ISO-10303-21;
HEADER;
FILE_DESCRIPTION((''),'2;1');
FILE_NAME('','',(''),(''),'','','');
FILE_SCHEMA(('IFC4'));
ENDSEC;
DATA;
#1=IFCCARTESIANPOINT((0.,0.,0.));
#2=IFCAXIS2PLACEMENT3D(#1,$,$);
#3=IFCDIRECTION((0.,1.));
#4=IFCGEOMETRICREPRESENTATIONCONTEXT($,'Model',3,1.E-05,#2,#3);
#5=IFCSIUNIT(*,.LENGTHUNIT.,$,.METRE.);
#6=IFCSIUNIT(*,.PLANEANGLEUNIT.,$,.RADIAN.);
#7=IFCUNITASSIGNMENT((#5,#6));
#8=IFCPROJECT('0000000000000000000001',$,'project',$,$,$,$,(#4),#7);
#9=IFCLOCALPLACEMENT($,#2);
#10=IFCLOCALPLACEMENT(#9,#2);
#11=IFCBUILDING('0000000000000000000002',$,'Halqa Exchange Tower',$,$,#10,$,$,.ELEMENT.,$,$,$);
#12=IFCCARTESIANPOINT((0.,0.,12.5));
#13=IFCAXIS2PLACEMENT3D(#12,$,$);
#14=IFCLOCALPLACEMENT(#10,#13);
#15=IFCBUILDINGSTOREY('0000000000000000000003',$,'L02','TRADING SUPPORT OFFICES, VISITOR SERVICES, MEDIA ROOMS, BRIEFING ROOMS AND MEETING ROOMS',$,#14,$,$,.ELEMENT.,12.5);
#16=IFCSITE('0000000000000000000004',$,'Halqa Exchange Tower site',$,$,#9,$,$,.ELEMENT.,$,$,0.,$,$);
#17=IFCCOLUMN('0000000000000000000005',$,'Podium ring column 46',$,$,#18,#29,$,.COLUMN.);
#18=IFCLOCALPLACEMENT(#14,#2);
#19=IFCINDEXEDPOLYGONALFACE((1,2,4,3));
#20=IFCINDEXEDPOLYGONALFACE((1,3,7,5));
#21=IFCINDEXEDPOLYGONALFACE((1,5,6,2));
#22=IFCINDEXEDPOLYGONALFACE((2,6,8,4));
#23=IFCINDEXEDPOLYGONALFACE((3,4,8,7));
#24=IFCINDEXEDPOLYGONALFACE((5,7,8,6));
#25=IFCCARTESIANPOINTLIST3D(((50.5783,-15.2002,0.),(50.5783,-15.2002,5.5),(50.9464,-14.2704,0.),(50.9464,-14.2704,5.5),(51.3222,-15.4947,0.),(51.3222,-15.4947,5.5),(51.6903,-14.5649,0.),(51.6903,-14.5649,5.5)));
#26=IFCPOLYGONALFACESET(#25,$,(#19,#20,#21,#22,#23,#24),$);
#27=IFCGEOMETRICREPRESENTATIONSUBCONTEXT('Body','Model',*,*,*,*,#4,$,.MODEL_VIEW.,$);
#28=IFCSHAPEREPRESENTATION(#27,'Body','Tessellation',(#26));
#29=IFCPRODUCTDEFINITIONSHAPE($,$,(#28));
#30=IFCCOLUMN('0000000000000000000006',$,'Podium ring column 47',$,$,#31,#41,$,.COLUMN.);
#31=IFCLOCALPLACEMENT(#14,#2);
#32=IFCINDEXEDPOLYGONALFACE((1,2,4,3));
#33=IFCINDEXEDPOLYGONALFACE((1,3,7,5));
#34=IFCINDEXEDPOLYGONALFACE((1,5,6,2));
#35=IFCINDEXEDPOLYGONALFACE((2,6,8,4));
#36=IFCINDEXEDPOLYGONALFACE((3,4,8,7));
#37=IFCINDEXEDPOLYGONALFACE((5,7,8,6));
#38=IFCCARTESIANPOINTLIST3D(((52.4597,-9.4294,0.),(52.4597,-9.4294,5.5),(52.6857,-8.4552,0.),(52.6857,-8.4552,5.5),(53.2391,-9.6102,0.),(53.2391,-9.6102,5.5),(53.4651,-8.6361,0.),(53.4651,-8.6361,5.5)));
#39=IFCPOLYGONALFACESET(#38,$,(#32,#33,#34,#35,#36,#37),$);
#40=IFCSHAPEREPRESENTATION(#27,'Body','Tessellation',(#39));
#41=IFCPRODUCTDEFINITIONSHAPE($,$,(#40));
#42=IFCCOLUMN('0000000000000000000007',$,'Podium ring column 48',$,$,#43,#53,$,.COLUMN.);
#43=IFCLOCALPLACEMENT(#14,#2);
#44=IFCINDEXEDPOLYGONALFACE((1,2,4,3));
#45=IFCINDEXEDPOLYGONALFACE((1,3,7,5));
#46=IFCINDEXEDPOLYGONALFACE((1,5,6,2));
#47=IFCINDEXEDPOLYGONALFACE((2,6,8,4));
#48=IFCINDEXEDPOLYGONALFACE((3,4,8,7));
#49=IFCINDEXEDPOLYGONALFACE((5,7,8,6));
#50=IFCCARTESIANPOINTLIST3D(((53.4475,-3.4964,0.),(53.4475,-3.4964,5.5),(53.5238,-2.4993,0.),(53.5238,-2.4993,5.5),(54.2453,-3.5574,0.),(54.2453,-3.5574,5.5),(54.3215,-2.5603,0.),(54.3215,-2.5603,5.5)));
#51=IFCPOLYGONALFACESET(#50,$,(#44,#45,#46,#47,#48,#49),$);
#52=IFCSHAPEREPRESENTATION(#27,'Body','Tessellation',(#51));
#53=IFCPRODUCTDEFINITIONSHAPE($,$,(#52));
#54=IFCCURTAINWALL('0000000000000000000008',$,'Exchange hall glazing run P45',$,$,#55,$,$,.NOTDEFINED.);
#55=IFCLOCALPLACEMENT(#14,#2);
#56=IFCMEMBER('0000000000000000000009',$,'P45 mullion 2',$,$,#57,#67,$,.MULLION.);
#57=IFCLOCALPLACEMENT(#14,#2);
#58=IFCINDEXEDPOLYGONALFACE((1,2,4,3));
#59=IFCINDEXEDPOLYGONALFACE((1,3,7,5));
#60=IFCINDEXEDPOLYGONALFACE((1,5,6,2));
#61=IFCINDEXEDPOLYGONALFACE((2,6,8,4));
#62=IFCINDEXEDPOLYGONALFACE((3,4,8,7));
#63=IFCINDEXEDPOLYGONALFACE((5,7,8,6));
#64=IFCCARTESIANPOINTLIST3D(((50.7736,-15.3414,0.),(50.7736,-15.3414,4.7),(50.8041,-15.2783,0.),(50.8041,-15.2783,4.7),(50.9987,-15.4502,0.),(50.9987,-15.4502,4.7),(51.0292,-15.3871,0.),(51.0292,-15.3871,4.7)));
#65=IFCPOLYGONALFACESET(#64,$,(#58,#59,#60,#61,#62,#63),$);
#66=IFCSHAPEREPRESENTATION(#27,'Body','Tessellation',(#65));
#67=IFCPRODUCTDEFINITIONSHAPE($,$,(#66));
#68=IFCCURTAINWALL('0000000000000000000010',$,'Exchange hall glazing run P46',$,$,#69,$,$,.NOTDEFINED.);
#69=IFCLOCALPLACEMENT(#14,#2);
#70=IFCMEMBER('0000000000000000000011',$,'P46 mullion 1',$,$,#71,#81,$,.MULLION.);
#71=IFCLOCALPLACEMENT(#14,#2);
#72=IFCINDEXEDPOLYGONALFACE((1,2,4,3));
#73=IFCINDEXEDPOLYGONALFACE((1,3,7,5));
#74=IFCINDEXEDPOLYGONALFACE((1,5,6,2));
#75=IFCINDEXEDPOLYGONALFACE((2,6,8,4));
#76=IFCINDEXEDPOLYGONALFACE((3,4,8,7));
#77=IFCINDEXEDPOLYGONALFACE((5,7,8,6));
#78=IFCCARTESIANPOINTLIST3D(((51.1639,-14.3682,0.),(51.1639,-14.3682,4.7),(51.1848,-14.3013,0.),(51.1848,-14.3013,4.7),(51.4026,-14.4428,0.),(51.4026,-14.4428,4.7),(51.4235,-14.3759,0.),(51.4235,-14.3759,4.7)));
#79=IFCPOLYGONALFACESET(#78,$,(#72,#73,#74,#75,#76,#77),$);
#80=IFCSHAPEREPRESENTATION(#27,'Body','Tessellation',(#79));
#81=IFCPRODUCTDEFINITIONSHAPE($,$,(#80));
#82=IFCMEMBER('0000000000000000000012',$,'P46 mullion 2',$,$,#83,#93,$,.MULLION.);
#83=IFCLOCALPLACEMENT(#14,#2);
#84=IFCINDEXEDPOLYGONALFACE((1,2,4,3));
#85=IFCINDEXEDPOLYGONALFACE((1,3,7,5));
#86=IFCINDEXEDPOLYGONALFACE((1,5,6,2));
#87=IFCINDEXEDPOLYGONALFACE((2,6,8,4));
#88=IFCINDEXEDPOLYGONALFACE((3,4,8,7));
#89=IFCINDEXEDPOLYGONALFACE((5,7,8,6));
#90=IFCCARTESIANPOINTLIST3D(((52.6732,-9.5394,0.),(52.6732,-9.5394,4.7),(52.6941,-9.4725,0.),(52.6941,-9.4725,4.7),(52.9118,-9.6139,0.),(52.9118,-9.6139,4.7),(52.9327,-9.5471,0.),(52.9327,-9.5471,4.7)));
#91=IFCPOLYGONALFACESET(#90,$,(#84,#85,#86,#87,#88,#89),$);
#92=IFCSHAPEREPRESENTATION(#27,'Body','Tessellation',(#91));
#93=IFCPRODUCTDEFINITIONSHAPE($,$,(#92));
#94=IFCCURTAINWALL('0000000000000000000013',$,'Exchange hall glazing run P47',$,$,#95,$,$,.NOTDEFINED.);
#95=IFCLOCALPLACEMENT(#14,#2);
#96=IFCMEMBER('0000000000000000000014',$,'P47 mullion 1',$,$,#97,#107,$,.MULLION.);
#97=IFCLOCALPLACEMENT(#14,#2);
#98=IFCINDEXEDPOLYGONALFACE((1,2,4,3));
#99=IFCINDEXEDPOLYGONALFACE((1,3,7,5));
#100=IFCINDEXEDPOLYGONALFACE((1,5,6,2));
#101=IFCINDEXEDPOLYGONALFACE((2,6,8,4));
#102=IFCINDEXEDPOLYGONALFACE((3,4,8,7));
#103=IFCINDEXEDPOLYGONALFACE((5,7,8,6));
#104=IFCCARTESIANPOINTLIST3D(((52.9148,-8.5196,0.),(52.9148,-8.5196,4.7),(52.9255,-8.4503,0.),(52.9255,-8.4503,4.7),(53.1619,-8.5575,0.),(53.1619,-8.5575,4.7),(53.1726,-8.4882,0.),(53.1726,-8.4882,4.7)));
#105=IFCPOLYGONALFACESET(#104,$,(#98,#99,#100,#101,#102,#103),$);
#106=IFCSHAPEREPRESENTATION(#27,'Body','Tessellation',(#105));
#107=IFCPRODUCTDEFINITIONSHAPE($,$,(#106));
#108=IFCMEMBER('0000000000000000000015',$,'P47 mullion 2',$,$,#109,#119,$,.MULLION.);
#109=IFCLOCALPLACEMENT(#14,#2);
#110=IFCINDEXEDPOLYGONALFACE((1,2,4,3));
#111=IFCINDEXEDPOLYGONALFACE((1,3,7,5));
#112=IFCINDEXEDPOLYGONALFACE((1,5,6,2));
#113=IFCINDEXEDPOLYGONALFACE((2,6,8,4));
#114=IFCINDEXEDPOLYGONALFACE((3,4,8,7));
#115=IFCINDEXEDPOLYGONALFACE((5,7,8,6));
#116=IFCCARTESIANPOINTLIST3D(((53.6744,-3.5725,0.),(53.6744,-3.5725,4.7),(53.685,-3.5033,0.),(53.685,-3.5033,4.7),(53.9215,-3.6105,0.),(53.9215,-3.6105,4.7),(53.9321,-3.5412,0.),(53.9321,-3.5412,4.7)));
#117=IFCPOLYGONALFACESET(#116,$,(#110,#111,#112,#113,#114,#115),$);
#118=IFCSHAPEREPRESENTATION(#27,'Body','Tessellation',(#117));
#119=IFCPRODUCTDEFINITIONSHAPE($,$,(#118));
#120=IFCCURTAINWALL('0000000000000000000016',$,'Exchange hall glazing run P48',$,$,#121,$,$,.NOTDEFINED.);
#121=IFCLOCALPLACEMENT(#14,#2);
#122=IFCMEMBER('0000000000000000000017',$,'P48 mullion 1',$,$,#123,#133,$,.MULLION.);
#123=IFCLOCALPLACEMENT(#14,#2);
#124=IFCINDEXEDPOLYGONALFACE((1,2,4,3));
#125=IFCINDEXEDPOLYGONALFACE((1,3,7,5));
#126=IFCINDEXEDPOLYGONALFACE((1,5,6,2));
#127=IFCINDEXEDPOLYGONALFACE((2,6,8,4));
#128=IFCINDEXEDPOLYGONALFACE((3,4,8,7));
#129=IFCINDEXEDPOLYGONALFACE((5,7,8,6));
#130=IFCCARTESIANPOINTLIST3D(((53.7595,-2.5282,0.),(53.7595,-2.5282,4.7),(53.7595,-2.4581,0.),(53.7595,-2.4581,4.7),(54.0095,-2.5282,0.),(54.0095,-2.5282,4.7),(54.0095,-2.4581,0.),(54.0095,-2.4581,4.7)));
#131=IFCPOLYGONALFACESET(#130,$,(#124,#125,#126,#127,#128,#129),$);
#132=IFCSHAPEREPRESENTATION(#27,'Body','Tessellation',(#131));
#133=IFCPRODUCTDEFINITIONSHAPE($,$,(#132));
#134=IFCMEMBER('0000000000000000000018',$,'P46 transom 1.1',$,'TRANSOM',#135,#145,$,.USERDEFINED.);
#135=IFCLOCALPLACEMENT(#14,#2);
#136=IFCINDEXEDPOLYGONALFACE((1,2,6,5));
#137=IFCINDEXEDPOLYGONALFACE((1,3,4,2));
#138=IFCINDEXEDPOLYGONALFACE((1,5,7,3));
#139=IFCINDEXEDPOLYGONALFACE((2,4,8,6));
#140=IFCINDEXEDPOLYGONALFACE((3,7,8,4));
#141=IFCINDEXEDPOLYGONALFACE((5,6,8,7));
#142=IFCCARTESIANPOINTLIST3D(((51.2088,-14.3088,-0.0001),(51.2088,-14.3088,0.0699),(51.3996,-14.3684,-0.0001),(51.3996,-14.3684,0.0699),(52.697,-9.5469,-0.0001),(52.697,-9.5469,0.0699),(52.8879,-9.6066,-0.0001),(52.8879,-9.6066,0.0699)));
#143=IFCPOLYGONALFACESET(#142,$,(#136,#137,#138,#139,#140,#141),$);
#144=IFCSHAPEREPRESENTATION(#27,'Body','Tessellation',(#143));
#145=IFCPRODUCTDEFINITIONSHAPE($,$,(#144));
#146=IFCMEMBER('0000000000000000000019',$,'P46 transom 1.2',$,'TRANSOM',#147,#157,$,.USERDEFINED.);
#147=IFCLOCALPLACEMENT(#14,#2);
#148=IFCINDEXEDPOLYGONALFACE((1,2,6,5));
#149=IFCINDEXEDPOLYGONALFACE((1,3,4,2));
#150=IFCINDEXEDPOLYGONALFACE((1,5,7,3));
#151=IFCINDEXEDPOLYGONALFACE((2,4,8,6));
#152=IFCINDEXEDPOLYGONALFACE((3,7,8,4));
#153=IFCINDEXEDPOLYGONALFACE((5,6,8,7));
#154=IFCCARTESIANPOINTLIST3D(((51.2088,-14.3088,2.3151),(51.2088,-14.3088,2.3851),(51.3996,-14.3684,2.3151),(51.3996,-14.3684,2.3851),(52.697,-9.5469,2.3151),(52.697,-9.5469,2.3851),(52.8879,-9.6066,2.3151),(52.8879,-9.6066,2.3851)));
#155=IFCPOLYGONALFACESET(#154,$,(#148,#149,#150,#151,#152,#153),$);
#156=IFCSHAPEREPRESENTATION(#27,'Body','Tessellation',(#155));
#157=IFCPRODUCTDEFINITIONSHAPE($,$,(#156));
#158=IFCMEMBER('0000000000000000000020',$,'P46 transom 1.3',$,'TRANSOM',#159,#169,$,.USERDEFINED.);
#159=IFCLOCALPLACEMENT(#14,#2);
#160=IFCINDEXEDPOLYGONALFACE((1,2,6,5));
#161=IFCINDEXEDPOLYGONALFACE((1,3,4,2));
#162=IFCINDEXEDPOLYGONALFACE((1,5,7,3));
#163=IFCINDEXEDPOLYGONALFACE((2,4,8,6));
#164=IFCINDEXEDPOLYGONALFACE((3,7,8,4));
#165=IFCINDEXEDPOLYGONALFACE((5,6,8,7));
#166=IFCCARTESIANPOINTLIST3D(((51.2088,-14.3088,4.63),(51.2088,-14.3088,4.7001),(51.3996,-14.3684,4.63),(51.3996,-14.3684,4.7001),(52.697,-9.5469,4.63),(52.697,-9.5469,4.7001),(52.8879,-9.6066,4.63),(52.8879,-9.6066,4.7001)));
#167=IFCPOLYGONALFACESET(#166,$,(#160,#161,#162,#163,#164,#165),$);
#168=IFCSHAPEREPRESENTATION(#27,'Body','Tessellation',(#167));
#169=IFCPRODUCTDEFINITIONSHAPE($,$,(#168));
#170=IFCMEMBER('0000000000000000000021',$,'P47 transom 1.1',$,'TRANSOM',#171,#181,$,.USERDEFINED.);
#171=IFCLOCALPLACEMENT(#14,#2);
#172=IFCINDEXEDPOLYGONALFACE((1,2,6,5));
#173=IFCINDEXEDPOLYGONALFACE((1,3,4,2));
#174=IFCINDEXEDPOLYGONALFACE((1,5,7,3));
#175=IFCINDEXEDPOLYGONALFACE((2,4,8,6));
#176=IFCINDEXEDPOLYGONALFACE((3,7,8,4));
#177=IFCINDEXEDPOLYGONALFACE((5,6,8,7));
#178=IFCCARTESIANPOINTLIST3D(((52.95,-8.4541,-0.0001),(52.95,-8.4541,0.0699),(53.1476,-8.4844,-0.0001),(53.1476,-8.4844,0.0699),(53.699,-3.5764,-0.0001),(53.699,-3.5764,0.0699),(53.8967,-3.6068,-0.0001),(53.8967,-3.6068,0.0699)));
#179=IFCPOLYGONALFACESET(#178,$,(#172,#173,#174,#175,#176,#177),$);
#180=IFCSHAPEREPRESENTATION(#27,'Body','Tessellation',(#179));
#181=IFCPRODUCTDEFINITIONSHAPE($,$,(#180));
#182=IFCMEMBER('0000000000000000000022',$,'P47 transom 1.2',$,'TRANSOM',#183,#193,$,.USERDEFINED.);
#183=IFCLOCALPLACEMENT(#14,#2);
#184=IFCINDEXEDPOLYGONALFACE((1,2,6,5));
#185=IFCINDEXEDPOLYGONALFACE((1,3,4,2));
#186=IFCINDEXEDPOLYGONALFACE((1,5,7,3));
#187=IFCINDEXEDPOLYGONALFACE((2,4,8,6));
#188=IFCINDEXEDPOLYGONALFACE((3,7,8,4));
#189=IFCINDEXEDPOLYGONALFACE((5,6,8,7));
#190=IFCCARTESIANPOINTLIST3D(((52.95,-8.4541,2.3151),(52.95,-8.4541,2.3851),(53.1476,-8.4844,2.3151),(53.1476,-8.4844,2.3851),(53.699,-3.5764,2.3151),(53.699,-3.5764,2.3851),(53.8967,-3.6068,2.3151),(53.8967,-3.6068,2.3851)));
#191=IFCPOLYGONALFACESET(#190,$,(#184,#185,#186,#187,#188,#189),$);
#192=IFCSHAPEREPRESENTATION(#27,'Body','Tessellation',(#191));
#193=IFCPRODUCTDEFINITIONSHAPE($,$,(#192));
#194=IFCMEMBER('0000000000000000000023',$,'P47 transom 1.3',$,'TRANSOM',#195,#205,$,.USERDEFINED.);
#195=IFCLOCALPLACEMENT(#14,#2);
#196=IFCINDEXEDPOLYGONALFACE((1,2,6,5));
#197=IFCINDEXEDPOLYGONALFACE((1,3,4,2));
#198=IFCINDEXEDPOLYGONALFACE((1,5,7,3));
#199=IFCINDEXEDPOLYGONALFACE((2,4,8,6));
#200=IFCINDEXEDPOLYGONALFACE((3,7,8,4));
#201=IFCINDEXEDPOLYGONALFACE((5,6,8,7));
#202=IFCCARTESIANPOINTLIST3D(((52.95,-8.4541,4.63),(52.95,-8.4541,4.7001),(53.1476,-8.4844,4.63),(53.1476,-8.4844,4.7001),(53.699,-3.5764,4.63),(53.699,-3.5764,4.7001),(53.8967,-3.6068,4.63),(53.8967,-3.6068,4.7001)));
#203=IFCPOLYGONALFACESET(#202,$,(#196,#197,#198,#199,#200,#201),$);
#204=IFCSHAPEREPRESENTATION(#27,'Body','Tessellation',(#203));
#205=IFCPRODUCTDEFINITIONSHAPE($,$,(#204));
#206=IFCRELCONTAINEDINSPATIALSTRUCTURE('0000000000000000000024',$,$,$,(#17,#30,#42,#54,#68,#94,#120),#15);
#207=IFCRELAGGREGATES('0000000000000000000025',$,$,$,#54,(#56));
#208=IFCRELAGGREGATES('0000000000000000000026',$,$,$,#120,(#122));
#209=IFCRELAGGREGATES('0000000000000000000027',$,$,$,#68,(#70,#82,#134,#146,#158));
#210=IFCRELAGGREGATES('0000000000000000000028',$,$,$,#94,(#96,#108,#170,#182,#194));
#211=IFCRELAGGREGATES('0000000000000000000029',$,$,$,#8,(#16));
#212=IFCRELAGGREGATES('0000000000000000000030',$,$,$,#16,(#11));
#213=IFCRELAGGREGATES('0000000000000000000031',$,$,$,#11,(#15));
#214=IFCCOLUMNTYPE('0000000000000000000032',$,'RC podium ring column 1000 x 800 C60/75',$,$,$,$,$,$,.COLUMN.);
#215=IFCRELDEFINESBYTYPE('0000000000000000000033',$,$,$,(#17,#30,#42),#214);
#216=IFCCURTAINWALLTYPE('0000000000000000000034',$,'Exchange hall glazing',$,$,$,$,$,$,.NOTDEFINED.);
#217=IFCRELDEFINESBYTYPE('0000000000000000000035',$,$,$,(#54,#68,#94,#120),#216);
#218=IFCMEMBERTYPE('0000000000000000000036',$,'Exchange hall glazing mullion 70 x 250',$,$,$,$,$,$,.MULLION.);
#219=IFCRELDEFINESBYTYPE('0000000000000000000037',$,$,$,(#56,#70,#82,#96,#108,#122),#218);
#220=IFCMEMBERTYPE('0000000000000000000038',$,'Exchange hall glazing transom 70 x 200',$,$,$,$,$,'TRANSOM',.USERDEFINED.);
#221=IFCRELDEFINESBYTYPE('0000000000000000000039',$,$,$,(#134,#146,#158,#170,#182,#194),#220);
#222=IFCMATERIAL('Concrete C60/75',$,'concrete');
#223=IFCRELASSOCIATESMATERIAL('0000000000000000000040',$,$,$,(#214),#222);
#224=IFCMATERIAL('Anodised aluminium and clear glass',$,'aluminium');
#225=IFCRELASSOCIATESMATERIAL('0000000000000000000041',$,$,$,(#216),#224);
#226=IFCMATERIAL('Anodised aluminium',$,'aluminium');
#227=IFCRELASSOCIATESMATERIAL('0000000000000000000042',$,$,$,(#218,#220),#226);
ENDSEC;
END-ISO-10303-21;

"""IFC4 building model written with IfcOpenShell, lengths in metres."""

from ifc_helpers import new_model, si_unit, direction, frame, origin, origin_2d, place, context, subcontext, project, spatial, rectangle, extrude, material, material_profile, profile_set, type_object, element, aggregate, save


model = new_model("IFC4")

# Units and contexts
model_context = context("Model", 3, precision=1e-05, world=origin(), true_north=direction((0.0, 1.0)))
body_context = subcontext(model_context, "Body", "Model", "MODEL_VIEW")
ifc_project = project(units=[si_unit("LENGTHUNIT", "METRE"), si_unit("PLANEANGLEUNIT", "RADIAN")], contexts=[model_context])

# Site, building, storey
site_placement = place(None, origin())
site = spatial("IfcSite", under=ifc_project, at=site_placement, Name="Halqa Exchange Tower site", CompositionType="ELEMENT", RefElevation=0.0)
building_placement = place(site_placement, origin())
building = spatial("IfcBuilding", under=site, at=building_placement, Name="Halqa Exchange Tower", CompositionType="ELEMENT")
storey_placement = place(building_placement, frame((0.0, 0.0, 12.5)))
storey = spatial("IfcBuildingStorey", under=building, at=storey_placement, Name="L02", Description="TRADING SUPPORT OFFICES, VISITOR SERVICES, MEDIA ROOMS, BRIEFING ROOMS AND MEETING ROOMS", CompositionType="ELEMENT", Elevation=12.5)

# Columns
ifc_material_1 = material(Name="Concrete C60/75", Category="concrete")
ifc_material_profile_1 = material_profile(ifc_material_1, rectangle(XDim=1.0, YDim=0.8, at=origin_2d()), Name="1000 x 800")
ifc_profile_set_1 = profile_set([ifc_material_profile_1], Name="Concrete C60/75")
column_type = type_object("IfcColumnType", Name="RC podium ring column 1000 x 800 C60/75", PredefinedType="COLUMN", material=ifc_profile_set_1)
for number, where, z_axis, x_axis, name in (
    (1, (51.1343, -14.8826, 0.0), (0.0, 0.0, 1.0), (0.36811, 0.929782, 0.0), "Podium ring column 46"),
    (2, (52.9624, -9.0327, 0.0), (0.0, 0.0, 1.0), (0.225997, 0.974128, 0.0), "Podium ring column 47"),
    (3, (53.8845, -3.0283, 0.0), (0.0, 0.0, 1.0), (0.076223, 0.997091, 0.0), "Podium ring column 48"),
):
    element("IfcColumn", number, at=place(storey_placement, frame(where, z_axis=z_axis, x_axis=x_axis)), inside=storey, type_object=column_type, Name=name, PredefinedType="COLUMN", context=body_context, shape_type="SweptSolid", body=[
        extrude(rectangle(XDim=1.0, YDim=0.8, at=origin_2d()), origin(), (0.0, 0.0, 1.0), 5.5),
    ])

# Curtain wall, member
ifc_material_2 = material(Name="Anodised aluminium and clear glass", Category="aluminium")
curtain_wall_type = type_object("IfcCurtainWallType", Name="Exchange hall glazing", PredefinedType="NOTDEFINED", material=ifc_material_2)
curtain_wall_1_placement = place(storey_placement, origin())
curtain_wall_1 = element("IfcCurtainWall", 4, at=curtain_wall_1_placement, inside=storey, type_object=curtain_wall_type, Name="Exchange hall glazing run P45", PredefinedType="NOTDEFINED")
ifc_material_3 = material(Name="Anodised aluminium", Category="aluminium")
ifc_material_profile_2 = material_profile(ifc_material_3, rectangle(XDim=0.25, YDim=0.0701, at=origin_2d()), Name="AL 70x250")
ifc_profile_set_2 = profile_set([ifc_material_profile_2], Name="Anodised aluminium")
member_type_1 = type_object("IfcMemberType", Name="Exchange hall glazing mullion 70 x 250", PredefinedType="MULLION", material=ifc_profile_set_2)
member_1_placement = place(storey_placement, frame((50.9014, -15.3643, 0.0), z_axis=(0.0, 0.0, 1.0), x_axis=(-0.900435, 0.43499, 0.0)))
member_1 = element("IfcMember", 5, at=member_1_placement, type_object=member_type_1, Name="P45 mullion 2", PredefinedType="MULLION", context=body_context, shape_type="SweptSolid", body=[
    extrude(rectangle(XDim=0.25, YDim=0.0701, at=origin_2d()), origin(), (0.0, 0.0, 1.0), 4.7),
])
aggregate(curtain_wall_1, [member_1])

# Curtain walls, members
curtain_wall_2_placement = place(storey_placement, origin())
curtain_wall_2 = element("IfcCurtainWall", 6, at=curtain_wall_2_placement, inside=storey, type_object=curtain_wall_type, Name="Exchange hall glazing run P46", PredefinedType="NOTDEFINED")
member_2_placement = place(storey_placement, frame((51.2937, -14.3721, 0.0), z_axis=(0.0, 0.0, 1.0), x_axis=(-0.954471, 0.298303, 0.0)))
member_2 = element("IfcMember", 7, at=member_2_placement, type_object=member_type_1, Name="P46 mullion 1", PredefinedType="MULLION", context=body_context, shape_type="SweptSolid", body=[
    extrude(rectangle(XDim=0.25, YDim=0.0701, at=origin_2d()), origin(), (0.0, 0.0, 1.0), 4.7),
])
member_3_placement = place(storey_placement, frame((52.803, -9.5432, 0.0), z_axis=(0.0, 0.0, 1.0), x_axis=(-0.954471, 0.298303, 0.0)))
member_3 = element("IfcMember", 8, at=member_3_placement, type_object=member_type_1, Name="P46 mullion 2", PredefinedType="MULLION", context=body_context, shape_type="SweptSolid", body=[
    extrude(rectangle(XDim=0.25, YDim=0.0701, at=origin_2d()), origin(), (0.0, 0.0, 1.0), 4.7),
])
curtain_wall_3_placement = place(storey_placement, origin())
curtain_wall_3 = element("IfcCurtainWall", 9, at=curtain_wall_3_placement, inside=storey, type_object=curtain_wall_type, Name="Exchange hall glazing run P47", PredefinedType="NOTDEFINED")
member_4_placement = place(storey_placement, frame((53.0437, -8.5039, 0.0), z_axis=(0.0, 0.0, 1.0), x_axis=(-0.988416, 0.151767, 0.0)))
member_4 = element("IfcMember", 10, at=member_4_placement, type_object=member_type_1, Name="P47 mullion 1", PredefinedType="MULLION", context=body_context, shape_type="SweptSolid", body=[
    extrude(rectangle(XDim=0.25, YDim=0.0701, at=origin_2d()), origin(), (0.0, 0.0, 1.0), 4.7),
])
member_5_placement = place(storey_placement, frame((53.8032, -3.5569, 0.0), z_axis=(0.0, 0.0, 1.0), x_axis=(-0.988416, 0.151767, 0.0)))
member_5 = element("IfcMember", 11, at=member_5_placement, type_object=member_type_1, Name="P47 mullion 2", PredefinedType="MULLION", context=body_context, shape_type="SweptSolid", body=[
    extrude(rectangle(XDim=0.25, YDim=0.0701, at=origin_2d()), origin(), (0.0, 0.0, 1.0), 4.7),
])

# Curtain wall, member
curtain_wall_4_placement = place(storey_placement, origin())
curtain_wall_4 = element("IfcCurtainWall", 12, at=curtain_wall_4_placement, inside=storey, type_object=curtain_wall_type, Name="Exchange hall glazing run P48", PredefinedType="NOTDEFINED")
member_6_placement = place(storey_placement, frame((53.8845, -2.4932, 0.0), z_axis=(0.0, 0.0, 1.0), x_axis=(-1.0, 0.0, 0.0)))
member_6 = element("IfcMember", 13, at=member_6_placement, type_object=member_type_1, Name="P48 mullion 1", PredefinedType="MULLION", context=body_context, shape_type="SweptSolid", body=[
    extrude(rectangle(XDim=0.25, YDim=0.0701, at=origin_2d()), origin(), (0.0, 0.0, 1.0), 4.7),
])

# Members
ifc_material_profile_3 = material_profile(ifc_material_3, rectangle(XDim=0.2, YDim=0.0701, at=origin_2d()), Name="AL 70x200")
ifc_profile_set_3 = profile_set([ifc_material_profile_3], Name="Anodised aluminium")
member_type_2 = type_object("IfcMemberType", Name="Exchange hall glazing transom 70 x 200", ElementType="TRANSOM", PredefinedType="USERDEFINED", material=ifc_profile_set_3)
member_7_placement = place(storey_placement, frame((51.3042, -14.3386, 0.0349), z_axis=(0.298306, 0.95447, 0.0), x_axis=(-0.95447, 0.298306, 0.0)))
member_7 = element("IfcMember", 14, at=member_7_placement, type_object=member_type_2, Name="P46 transom 1.1", ObjectType="TRANSOM", PredefinedType="USERDEFINED", context=body_context, shape_type="SweptSolid", body=[
    extrude(rectangle(XDim=0.2, YDim=0.0701, at=origin_2d()), origin(), (0.0, 0.0, 1.0), 4.989),
])
member_8_placement = place(storey_placement, frame((51.3042, -14.3386, 2.3501), z_axis=(0.298306, 0.95447, 0.0), x_axis=(-0.95447, 0.298306, 0.0)))
member_8 = element("IfcMember", 15, at=member_8_placement, type_object=member_type_2, Name="P46 transom 1.2", ObjectType="TRANSOM", PredefinedType="USERDEFINED", context=body_context, shape_type="SweptSolid", body=[
    extrude(rectangle(XDim=0.2, YDim=0.0701, at=origin_2d()), origin(), (0.0, 0.0, 1.0), 4.989),
])
member_9_placement = place(storey_placement, frame((51.3042, -14.3386, 4.665), z_axis=(0.298306, 0.95447, 0.0), x_axis=(-0.95447, 0.298306, 0.0)))
member_9 = element("IfcMember", 16, at=member_9_placement, type_object=member_type_2, Name="P46 transom 1.3", ObjectType="TRANSOM", PredefinedType="USERDEFINED", context=body_context, shape_type="SweptSolid", body=[
    extrude(rectangle(XDim=0.2, YDim=0.0701, at=origin_2d()), origin(), (0.0, 0.0, 1.0), 4.989),
])
member_10_placement = place(storey_placement, frame((53.0488, -8.4692, 0.0349), z_axis=(0.151782, 0.988414, 0.0), x_axis=(-0.988414, 0.151782, 0.0)))
member_10 = element("IfcMember", 17, at=member_10_placement, type_object=member_type_2, Name="P47 transom 1.1", ObjectType="TRANSOM", PredefinedType="USERDEFINED", context=body_context, shape_type="SweptSolid", body=[
    extrude(rectangle(XDim=0.2, YDim=0.0701, at=origin_2d()), origin(), (0.0, 0.0, 1.0), 4.9348),
])
member_11_placement = place(storey_placement, frame((53.0488, -8.4692, 2.3501), z_axis=(0.151782, 0.988414, 0.0), x_axis=(-0.988414, 0.151782, 0.0)))
member_11 = element("IfcMember", 18, at=member_11_placement, type_object=member_type_2, Name="P47 transom 1.2", ObjectType="TRANSOM", PredefinedType="USERDEFINED", context=body_context, shape_type="SweptSolid", body=[
    extrude(rectangle(XDim=0.2, YDim=0.0701, at=origin_2d()), origin(), (0.0, 0.0, 1.0), 4.9348),
])
member_12_placement = place(storey_placement, frame((53.0488, -8.4692, 4.665), z_axis=(0.151782, 0.988414, 0.0), x_axis=(-0.988414, 0.151782, 0.0)))
member_12 = element("IfcMember", 19, at=member_12_placement, type_object=member_type_2, Name="P47 transom 1.3", ObjectType="TRANSOM", PredefinedType="USERDEFINED", context=body_context, shape_type="SweptSolid", body=[
    extrude(rectangle(XDim=0.2, YDim=0.0701, at=origin_2d()), origin(), (0.0, 0.0, 1.0), 4.9348),
])
aggregate(curtain_wall_4, [member_6])

aggregate(curtain_wall_2, [member_2, member_3, member_7, member_8, member_9])
aggregate(curtain_wall_3, [member_4, member_5, member_10, member_11, member_12])

save(model, "model.ifc")
